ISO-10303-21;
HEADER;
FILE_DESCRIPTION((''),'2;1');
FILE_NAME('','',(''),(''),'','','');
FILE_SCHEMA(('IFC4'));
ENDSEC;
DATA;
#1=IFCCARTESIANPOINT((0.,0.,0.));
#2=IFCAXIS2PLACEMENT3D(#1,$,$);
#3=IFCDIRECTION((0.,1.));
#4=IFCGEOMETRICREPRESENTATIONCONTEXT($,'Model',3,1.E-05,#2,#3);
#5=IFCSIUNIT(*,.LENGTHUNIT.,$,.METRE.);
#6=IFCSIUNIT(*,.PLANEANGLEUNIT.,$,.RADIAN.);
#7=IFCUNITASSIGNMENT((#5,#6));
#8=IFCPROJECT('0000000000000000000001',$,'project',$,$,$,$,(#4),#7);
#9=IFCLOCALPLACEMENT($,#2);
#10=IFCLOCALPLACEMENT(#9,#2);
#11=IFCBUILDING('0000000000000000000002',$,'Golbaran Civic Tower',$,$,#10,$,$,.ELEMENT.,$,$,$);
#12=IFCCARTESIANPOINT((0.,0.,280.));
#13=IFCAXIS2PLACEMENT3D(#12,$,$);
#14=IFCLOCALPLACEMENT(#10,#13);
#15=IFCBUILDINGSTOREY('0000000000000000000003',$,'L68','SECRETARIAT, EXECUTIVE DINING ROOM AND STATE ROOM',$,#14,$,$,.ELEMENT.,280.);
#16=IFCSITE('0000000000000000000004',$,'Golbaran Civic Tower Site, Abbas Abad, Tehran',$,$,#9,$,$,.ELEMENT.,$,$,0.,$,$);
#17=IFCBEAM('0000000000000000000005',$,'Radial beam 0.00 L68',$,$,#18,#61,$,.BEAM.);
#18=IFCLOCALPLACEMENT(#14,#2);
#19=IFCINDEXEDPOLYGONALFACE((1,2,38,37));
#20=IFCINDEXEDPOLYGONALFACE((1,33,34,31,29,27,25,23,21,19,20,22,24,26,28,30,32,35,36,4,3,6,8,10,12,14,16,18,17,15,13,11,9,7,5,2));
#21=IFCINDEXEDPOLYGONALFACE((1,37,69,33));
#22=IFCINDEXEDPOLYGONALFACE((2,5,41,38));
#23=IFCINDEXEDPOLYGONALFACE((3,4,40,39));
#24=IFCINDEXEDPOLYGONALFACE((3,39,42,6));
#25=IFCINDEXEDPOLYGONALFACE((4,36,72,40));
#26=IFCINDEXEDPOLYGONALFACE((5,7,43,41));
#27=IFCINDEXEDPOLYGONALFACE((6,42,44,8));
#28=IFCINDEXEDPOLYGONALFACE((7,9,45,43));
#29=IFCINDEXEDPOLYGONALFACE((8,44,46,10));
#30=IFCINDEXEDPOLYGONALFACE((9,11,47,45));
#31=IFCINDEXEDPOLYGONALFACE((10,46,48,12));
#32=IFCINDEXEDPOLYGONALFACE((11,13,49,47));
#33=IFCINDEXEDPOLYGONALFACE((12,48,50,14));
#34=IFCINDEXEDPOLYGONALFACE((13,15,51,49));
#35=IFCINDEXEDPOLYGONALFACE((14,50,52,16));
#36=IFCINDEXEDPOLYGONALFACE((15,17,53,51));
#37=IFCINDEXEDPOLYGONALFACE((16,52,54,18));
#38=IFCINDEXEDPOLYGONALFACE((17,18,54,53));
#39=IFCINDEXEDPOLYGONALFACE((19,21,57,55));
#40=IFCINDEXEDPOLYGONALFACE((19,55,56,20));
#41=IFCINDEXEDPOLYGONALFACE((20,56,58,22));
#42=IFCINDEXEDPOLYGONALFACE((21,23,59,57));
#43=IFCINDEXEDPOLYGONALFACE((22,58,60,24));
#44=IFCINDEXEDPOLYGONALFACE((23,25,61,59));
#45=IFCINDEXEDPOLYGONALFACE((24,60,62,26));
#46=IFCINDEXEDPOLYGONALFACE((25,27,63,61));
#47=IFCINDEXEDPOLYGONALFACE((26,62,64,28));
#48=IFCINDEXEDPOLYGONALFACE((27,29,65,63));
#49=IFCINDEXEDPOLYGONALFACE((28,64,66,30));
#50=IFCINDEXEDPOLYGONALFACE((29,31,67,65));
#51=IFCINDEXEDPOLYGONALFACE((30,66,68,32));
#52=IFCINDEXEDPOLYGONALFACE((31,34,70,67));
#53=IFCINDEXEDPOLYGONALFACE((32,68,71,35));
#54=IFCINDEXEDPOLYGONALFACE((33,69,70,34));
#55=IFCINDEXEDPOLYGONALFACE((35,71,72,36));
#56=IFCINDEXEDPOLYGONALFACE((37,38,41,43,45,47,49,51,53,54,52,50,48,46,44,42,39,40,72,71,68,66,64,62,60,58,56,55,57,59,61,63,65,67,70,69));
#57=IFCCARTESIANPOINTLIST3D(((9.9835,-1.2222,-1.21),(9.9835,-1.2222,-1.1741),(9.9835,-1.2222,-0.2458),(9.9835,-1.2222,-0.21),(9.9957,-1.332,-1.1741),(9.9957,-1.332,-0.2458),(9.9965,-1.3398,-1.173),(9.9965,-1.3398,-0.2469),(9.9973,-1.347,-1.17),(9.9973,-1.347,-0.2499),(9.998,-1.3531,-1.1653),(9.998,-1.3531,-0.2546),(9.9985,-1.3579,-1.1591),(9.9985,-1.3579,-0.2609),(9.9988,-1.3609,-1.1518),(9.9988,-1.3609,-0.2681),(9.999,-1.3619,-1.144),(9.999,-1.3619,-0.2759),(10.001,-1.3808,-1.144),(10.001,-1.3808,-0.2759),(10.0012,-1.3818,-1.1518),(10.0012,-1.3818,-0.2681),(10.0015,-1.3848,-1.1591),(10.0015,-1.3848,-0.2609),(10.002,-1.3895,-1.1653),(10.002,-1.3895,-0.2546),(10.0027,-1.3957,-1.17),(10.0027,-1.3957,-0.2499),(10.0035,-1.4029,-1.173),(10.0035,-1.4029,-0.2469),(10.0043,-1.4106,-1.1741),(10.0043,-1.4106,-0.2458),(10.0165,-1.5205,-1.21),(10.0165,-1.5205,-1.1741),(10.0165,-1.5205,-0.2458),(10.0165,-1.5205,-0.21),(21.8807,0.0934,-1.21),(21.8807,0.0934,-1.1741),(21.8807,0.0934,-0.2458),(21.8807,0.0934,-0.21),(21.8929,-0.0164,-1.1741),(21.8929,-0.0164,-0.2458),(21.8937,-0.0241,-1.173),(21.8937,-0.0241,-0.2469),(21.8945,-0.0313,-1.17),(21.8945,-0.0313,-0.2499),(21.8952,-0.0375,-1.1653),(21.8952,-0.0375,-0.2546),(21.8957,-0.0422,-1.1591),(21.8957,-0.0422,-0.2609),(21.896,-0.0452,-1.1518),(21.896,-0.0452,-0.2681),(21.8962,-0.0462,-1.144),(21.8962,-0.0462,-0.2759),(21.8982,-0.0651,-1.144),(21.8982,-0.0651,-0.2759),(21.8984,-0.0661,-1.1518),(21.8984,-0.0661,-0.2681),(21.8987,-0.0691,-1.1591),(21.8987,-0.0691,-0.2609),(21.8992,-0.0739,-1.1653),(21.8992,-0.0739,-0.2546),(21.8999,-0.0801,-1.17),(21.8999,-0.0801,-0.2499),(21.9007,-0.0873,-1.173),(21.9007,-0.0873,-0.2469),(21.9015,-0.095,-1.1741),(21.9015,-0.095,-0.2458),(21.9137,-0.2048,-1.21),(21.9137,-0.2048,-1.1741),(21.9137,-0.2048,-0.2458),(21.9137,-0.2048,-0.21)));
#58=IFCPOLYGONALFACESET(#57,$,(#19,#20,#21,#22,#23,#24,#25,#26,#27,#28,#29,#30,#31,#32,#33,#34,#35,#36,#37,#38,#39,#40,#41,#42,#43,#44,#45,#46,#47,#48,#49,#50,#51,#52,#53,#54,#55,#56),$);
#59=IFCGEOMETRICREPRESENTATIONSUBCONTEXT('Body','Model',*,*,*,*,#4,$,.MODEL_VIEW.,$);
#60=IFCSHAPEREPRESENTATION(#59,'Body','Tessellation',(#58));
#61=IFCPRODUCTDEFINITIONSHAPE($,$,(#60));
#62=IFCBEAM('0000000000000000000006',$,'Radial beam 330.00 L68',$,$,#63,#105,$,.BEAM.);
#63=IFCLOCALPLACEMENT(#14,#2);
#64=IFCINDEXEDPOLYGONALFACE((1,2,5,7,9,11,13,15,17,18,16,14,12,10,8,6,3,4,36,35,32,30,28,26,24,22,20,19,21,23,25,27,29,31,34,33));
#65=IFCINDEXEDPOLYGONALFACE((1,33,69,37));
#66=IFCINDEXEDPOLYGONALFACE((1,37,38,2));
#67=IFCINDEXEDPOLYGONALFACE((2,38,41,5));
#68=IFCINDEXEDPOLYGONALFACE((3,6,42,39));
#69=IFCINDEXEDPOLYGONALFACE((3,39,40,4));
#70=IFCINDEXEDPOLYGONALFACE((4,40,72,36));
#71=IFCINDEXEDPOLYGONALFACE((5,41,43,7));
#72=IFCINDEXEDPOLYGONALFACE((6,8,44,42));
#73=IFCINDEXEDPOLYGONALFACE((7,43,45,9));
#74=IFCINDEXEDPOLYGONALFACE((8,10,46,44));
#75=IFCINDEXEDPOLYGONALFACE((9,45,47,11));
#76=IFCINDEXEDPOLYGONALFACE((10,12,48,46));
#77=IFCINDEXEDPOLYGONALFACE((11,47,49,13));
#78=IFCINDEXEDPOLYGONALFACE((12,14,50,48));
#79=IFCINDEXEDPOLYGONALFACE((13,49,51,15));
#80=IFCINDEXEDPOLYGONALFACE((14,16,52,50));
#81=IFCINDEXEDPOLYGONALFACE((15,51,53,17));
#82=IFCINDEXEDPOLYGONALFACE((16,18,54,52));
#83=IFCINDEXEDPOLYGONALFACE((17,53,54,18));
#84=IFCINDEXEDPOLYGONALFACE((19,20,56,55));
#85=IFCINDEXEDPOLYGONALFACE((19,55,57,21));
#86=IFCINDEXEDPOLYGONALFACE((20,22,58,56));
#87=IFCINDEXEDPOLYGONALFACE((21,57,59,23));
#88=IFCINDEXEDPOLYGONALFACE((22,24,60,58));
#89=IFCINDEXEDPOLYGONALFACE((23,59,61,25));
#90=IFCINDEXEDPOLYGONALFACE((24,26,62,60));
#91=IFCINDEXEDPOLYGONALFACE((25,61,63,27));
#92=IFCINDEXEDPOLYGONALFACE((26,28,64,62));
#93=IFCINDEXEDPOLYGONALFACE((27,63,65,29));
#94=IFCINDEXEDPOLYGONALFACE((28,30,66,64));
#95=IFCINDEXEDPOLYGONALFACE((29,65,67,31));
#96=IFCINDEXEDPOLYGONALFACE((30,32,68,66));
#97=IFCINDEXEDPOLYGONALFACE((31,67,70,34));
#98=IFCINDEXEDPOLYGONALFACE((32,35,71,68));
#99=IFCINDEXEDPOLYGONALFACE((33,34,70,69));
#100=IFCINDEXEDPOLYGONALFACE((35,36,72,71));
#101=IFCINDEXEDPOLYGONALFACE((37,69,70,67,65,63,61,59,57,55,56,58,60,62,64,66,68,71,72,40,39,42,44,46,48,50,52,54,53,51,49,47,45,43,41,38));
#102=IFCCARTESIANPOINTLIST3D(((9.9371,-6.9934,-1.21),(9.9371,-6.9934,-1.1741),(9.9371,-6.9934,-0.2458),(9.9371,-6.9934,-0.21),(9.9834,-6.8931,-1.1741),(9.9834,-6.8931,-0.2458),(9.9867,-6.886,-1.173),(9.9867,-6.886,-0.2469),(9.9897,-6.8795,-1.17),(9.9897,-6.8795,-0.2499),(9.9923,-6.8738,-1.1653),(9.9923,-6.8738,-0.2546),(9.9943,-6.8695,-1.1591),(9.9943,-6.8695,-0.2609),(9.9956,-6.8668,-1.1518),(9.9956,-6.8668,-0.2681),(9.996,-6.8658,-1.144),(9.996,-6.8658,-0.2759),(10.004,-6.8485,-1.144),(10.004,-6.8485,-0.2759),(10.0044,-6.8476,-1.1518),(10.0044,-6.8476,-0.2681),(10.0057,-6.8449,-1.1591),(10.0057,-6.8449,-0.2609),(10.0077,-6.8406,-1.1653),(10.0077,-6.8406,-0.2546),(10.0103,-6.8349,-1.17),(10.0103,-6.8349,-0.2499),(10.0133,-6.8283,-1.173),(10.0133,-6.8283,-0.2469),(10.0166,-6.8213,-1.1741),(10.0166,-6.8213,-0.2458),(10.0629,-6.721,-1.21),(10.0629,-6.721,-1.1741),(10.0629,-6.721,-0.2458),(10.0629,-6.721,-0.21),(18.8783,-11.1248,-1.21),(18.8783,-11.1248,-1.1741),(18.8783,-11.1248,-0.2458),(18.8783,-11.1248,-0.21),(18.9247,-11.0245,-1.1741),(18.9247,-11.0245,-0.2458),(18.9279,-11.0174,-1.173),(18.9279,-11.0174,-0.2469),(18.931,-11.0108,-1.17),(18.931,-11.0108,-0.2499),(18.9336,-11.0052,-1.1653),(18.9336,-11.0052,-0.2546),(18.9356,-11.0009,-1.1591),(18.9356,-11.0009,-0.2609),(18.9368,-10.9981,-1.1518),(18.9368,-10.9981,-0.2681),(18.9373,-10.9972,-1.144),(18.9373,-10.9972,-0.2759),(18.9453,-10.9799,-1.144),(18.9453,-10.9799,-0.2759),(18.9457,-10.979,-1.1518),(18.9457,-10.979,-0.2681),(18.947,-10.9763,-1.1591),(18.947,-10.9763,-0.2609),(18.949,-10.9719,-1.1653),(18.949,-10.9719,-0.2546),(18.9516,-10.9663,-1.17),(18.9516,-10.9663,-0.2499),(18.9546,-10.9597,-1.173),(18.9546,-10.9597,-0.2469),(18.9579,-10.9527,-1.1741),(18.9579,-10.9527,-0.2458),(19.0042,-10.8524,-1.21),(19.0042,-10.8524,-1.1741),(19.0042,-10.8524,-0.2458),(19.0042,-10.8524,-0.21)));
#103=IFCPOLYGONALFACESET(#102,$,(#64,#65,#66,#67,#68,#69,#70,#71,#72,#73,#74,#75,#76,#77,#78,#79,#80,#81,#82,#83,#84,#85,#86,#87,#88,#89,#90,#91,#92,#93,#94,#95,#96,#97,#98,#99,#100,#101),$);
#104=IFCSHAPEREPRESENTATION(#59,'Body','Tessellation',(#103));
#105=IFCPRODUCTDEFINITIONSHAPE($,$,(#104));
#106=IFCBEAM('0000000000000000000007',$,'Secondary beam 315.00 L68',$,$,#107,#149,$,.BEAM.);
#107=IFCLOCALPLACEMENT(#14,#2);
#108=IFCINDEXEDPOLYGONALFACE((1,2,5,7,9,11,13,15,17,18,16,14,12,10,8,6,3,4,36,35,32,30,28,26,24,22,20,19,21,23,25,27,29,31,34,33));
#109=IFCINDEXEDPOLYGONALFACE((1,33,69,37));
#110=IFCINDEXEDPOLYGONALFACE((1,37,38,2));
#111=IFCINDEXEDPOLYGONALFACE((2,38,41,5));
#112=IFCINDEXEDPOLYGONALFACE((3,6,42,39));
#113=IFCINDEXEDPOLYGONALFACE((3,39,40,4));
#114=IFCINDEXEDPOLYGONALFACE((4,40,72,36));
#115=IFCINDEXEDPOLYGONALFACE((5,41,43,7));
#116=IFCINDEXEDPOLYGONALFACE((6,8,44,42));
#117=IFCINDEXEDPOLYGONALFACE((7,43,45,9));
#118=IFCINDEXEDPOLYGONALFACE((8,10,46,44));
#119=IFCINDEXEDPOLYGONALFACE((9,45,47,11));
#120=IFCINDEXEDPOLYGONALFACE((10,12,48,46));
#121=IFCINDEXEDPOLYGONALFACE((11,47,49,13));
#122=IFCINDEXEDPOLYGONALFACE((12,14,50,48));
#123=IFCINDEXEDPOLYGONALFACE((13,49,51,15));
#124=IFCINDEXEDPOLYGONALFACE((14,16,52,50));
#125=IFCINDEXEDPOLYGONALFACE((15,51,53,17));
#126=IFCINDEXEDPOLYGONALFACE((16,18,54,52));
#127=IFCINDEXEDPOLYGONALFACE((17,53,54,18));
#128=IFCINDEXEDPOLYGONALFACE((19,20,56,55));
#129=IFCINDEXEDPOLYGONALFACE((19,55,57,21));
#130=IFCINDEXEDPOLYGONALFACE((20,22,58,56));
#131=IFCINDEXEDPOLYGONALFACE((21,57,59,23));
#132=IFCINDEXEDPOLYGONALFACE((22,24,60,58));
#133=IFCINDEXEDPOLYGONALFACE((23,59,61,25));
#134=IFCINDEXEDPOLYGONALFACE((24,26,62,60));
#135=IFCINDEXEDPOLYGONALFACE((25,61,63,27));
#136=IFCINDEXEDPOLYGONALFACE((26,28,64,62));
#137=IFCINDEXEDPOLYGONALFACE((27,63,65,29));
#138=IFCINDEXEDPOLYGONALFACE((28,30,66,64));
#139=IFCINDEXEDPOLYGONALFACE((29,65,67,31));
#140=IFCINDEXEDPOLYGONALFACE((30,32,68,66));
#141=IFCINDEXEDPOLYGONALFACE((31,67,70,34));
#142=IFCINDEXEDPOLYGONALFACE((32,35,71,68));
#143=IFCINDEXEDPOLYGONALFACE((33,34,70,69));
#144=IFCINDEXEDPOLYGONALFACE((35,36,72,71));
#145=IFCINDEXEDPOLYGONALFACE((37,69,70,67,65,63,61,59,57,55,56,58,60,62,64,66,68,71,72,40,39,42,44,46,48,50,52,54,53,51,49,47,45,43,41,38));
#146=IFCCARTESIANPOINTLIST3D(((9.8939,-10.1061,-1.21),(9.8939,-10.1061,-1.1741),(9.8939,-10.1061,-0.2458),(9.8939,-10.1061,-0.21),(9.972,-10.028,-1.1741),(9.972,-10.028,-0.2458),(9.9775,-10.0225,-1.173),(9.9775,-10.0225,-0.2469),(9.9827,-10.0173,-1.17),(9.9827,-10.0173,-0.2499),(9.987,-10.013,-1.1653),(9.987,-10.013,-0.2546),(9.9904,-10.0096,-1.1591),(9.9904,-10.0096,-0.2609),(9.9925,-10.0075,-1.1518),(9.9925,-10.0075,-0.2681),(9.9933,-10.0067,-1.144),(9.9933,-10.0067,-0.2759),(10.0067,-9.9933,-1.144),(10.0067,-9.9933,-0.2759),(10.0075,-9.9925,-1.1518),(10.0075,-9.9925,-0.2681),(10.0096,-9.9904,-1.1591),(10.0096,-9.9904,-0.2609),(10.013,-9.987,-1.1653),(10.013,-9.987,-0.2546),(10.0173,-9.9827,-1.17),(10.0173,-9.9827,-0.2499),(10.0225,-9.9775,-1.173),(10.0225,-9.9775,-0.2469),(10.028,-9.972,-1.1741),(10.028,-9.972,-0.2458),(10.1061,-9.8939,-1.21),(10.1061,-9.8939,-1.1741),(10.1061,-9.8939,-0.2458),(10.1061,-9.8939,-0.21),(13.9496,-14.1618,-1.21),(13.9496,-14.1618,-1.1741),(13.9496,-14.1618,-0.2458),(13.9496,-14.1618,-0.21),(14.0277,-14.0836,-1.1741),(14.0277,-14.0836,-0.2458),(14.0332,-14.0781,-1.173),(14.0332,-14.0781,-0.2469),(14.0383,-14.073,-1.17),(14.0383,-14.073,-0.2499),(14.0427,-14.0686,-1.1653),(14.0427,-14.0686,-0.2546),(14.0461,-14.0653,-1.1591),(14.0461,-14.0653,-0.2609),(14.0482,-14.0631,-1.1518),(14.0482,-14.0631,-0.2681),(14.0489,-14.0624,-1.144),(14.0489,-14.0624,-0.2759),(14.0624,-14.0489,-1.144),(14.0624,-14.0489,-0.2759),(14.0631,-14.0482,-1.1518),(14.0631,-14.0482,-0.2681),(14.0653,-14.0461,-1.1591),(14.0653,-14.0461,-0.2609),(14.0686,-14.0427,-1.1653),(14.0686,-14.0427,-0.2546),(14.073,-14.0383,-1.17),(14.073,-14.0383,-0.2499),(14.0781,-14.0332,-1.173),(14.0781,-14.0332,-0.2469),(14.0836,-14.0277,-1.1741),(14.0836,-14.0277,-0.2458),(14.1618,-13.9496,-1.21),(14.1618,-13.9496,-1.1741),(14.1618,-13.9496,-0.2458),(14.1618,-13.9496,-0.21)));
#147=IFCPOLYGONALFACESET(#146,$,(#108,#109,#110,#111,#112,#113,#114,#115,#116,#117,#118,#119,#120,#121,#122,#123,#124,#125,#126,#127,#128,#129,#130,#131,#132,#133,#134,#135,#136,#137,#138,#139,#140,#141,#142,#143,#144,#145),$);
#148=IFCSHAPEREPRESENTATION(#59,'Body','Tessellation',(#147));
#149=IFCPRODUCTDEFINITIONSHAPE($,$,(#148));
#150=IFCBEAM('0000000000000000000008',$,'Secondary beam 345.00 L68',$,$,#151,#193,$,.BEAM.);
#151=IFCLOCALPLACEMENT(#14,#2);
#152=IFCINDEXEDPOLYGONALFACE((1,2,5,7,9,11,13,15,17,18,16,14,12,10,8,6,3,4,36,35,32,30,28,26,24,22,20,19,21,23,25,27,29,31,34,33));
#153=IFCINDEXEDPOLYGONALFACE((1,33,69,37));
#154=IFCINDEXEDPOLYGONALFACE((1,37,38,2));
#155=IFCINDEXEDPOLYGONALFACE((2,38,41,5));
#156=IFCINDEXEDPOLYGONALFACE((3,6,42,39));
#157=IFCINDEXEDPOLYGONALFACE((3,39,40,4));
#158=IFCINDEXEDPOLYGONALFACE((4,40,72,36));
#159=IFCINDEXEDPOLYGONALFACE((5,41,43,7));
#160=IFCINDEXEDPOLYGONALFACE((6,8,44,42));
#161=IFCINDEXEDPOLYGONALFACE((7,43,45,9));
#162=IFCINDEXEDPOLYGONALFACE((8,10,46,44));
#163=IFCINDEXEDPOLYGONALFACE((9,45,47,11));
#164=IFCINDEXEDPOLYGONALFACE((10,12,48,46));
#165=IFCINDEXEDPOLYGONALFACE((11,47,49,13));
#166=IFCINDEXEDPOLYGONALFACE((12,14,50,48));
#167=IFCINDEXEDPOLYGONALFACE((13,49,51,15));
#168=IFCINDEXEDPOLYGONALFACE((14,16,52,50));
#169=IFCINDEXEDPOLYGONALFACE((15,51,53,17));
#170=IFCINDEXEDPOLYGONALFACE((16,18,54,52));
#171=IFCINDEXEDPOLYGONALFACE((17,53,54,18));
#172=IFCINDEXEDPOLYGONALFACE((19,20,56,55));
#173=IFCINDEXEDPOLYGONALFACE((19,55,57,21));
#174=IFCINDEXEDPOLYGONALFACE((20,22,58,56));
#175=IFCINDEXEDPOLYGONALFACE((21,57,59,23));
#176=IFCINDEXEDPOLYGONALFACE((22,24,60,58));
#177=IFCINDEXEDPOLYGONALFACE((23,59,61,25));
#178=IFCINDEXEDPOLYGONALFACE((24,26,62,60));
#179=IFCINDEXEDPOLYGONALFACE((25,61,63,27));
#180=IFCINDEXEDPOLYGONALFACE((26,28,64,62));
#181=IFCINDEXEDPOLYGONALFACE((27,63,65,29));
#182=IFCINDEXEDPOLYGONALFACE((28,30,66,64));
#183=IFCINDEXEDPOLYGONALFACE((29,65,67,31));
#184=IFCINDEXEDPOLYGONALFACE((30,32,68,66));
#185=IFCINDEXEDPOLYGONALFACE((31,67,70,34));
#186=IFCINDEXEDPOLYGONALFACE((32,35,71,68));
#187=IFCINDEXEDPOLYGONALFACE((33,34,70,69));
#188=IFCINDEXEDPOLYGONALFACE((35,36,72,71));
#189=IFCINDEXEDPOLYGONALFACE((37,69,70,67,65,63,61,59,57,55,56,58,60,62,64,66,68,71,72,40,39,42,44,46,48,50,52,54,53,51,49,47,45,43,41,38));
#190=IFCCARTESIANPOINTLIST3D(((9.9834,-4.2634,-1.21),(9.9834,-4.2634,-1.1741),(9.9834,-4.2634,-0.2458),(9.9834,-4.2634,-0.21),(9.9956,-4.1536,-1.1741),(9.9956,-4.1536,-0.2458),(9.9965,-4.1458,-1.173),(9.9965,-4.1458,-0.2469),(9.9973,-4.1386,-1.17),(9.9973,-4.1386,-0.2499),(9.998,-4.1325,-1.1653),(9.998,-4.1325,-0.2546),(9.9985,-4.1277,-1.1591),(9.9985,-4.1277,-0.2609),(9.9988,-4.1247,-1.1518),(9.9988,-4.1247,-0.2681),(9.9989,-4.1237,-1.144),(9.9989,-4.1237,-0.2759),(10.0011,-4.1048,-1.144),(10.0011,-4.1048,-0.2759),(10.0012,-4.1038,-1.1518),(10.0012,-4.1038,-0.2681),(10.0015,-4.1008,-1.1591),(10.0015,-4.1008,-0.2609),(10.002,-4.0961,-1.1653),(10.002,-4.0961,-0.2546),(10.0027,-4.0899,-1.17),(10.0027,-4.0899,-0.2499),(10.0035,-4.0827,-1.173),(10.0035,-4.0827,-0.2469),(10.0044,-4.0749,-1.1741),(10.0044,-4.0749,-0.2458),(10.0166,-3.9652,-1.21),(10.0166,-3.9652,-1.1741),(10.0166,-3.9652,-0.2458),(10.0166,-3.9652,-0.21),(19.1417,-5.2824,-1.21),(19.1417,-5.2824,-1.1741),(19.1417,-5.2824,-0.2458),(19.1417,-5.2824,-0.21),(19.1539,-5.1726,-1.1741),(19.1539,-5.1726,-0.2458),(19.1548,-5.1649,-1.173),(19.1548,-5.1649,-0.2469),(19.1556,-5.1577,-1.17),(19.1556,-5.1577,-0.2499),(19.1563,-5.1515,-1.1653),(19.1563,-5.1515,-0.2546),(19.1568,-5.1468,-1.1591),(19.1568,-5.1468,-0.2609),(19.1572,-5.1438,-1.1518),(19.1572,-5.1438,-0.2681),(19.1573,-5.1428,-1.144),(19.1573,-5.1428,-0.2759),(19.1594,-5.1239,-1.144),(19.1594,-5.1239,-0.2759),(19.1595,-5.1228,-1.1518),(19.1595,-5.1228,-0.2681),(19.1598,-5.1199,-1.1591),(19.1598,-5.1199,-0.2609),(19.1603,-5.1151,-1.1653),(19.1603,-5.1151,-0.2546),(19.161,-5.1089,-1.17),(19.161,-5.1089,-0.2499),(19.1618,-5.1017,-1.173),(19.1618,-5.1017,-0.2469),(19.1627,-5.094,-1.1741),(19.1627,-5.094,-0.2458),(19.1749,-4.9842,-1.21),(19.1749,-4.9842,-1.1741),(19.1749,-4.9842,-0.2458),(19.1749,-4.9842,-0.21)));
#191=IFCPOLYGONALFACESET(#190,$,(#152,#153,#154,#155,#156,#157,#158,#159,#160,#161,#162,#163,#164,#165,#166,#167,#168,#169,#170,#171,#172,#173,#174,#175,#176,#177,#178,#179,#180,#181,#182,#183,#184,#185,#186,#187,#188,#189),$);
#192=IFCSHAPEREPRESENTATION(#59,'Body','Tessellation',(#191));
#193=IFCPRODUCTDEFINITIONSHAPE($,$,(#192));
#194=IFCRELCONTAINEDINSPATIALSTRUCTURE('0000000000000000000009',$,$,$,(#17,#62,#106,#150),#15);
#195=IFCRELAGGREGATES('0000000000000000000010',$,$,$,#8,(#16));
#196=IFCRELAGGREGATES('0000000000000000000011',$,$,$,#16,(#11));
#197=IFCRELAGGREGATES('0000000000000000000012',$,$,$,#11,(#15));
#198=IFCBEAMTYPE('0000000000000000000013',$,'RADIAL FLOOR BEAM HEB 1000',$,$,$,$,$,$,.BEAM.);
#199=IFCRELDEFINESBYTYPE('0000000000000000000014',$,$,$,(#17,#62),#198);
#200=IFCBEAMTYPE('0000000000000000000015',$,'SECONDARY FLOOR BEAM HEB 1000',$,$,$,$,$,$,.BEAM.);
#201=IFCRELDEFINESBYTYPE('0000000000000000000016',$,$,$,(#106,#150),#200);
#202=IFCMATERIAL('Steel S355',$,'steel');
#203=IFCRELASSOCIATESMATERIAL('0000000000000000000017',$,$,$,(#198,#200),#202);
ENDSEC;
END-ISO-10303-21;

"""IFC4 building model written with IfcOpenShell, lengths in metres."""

from ifc_helpers import new_model, si_unit, direction, frame, origin, origin_2d, place, context, subcontext, project, spatial, i_section, extrude, material, material_profile, profile_set, type_object, element, save


model = new_model("IFC4")

# Units and contexts
model_context = context("Model", 3, precision=1e-05, world=origin(), true_north=direction((0.0, 1.0)))
body_context = subcontext(model_context, "Body", "Model", "MODEL_VIEW")
ifc_project = project(units=[si_unit("LENGTHUNIT", "METRE"), si_unit("PLANEANGLEUNIT", "RADIAN")], contexts=[model_context])

# Site, building, storey
site_placement = place(None, origin())
site = spatial("IfcSite", under=ifc_project, at=site_placement, Name="Golbaran Civic Tower Site, Abbas Abad, Tehran", CompositionType="ELEMENT", RefElevation=0.0)
building_placement = place(site_placement, origin())
building = spatial("IfcBuilding", under=site, at=building_placement, Name="Golbaran Civic Tower", CompositionType="ELEMENT")
storey_placement = place(building_placement, frame((0.0, 0.0, 280.0)))
storey = spatial("IfcBuildingStorey", under=building, at=storey_placement, Name="L68", Description="SECRETARIAT, EXECUTIVE DINING ROOM AND STATE ROOM", CompositionType="ELEMENT", Elevation=280.0)

# Beams
ifc_material_1 = material(Name="Steel S355", Category="steel")
ifc_material_profile_1 = material_profile(ifc_material_1, i_section(OverallWidth=0.3, OverallDepth=1.0, WebThickness=0.019, FlangeThickness=0.0359, FilletRadius=0.03, at=origin_2d()), Name="HEB 1000")
ifc_profile_set_1 = profile_set([ifc_material_profile_1], Name="Steel S355")
beam_type_1 = type_object("IfcBeamType", Name="RADIAL FLOOR BEAM HEB 1000", PredefinedType="BEAM", material=ifc_profile_set_1)
beam_1_placement = place(storey_placement, frame((10.0, -1.3713, -0.71), z_axis=(0.993941, 0.109917, 0.0), x_axis=(-0.109917, 0.993941, 0.0)))
element("IfcBeam", 1, at=beam_1_placement, inside=storey, type_object=beam_type_1, Name="Radial beam 0.00 L68", PredefinedType="BEAM", context=body_context, shape_type="SweptSolid", body=[
    extrude(i_section(OverallWidth=0.3, OverallDepth=1.0, WebThickness=0.019, FlangeThickness=0.0359, FilletRadius=0.03, at=origin_2d()), origin(), (0.0, 0.0, 1.0), 11.9697),
])
beam_2_placement = place(storey_placement, frame((10.0, -6.8572, -0.71), z_axis=(0.907779, -0.419448, 0.0), x_axis=(0.419448, 0.907779, 0.0)))
element("IfcBeam", 2, at=beam_2_placement, inside=storey, type_object=beam_type_1, Name="Radial beam 330.00 L68", PredefinedType="BEAM", context=body_context, shape_type="SweptSolid", body=[
    extrude(i_section(OverallWidth=0.3, OverallDepth=1.0, WebThickness=0.019, FlangeThickness=0.0359, FilletRadius=0.03, at=origin_2d()), origin(), (0.0, 0.0, 1.0), 9.8496),
])
ifc_material_profile_2 = material_profile(ifc_material_1, i_section(OverallWidth=0.3, OverallDepth=1.0, WebThickness=0.019, FlangeThickness=0.0359, FilletRadius=0.03, at=origin_2d()), Name="HEB 1000")
ifc_profile_set_2 = profile_set([ifc_material_profile_2], Name="Steel S355")
beam_type_2 = type_object("IfcBeamType", Name="SECONDARY FLOOR BEAM HEB 1000", PredefinedType="BEAM", material=ifc_profile_set_2)
beam_3_placement = place(storey_placement, frame((10.0, -10.0, -0.71), z_axis=(0.707107, -0.707107, 0.0), x_axis=(0.707107, 0.707107, 0.0)))
element("IfcBeam", 3, at=beam_3_placement, inside=storey, type_object=beam_type_2, Name="Secondary beam 315.00 L68", PredefinedType="BEAM", context=body_context, shape_type="SweptSolid", body=[
    extrude(i_section(OverallWidth=0.3, OverallDepth=1.0, WebThickness=0.019, FlangeThickness=0.0359, FilletRadius=0.03, at=origin_2d()), origin(), (0.0, 0.0, 1.0), 5.7356),
])
beam_4_placement = place(storey_placement, frame((10.0, -4.1143, -0.71), z_axis=(0.993866, -0.110589, 0.0), x_axis=(0.110589, 0.993866, 0.0)))
element("IfcBeam", 4, at=beam_4_placement, inside=storey, type_object=beam_type_2, Name="Secondary beam 345.00 L68", PredefinedType="BEAM", context=body_context, shape_type="SweptSolid", body=[
    extrude(i_section(OverallWidth=0.3, OverallDepth=1.0, WebThickness=0.019, FlangeThickness=0.0359, FilletRadius=0.03, at=origin_2d()), origin(), (0.0, 0.0, 1.0), 9.2148),
])

save(model, "model.ifc")
